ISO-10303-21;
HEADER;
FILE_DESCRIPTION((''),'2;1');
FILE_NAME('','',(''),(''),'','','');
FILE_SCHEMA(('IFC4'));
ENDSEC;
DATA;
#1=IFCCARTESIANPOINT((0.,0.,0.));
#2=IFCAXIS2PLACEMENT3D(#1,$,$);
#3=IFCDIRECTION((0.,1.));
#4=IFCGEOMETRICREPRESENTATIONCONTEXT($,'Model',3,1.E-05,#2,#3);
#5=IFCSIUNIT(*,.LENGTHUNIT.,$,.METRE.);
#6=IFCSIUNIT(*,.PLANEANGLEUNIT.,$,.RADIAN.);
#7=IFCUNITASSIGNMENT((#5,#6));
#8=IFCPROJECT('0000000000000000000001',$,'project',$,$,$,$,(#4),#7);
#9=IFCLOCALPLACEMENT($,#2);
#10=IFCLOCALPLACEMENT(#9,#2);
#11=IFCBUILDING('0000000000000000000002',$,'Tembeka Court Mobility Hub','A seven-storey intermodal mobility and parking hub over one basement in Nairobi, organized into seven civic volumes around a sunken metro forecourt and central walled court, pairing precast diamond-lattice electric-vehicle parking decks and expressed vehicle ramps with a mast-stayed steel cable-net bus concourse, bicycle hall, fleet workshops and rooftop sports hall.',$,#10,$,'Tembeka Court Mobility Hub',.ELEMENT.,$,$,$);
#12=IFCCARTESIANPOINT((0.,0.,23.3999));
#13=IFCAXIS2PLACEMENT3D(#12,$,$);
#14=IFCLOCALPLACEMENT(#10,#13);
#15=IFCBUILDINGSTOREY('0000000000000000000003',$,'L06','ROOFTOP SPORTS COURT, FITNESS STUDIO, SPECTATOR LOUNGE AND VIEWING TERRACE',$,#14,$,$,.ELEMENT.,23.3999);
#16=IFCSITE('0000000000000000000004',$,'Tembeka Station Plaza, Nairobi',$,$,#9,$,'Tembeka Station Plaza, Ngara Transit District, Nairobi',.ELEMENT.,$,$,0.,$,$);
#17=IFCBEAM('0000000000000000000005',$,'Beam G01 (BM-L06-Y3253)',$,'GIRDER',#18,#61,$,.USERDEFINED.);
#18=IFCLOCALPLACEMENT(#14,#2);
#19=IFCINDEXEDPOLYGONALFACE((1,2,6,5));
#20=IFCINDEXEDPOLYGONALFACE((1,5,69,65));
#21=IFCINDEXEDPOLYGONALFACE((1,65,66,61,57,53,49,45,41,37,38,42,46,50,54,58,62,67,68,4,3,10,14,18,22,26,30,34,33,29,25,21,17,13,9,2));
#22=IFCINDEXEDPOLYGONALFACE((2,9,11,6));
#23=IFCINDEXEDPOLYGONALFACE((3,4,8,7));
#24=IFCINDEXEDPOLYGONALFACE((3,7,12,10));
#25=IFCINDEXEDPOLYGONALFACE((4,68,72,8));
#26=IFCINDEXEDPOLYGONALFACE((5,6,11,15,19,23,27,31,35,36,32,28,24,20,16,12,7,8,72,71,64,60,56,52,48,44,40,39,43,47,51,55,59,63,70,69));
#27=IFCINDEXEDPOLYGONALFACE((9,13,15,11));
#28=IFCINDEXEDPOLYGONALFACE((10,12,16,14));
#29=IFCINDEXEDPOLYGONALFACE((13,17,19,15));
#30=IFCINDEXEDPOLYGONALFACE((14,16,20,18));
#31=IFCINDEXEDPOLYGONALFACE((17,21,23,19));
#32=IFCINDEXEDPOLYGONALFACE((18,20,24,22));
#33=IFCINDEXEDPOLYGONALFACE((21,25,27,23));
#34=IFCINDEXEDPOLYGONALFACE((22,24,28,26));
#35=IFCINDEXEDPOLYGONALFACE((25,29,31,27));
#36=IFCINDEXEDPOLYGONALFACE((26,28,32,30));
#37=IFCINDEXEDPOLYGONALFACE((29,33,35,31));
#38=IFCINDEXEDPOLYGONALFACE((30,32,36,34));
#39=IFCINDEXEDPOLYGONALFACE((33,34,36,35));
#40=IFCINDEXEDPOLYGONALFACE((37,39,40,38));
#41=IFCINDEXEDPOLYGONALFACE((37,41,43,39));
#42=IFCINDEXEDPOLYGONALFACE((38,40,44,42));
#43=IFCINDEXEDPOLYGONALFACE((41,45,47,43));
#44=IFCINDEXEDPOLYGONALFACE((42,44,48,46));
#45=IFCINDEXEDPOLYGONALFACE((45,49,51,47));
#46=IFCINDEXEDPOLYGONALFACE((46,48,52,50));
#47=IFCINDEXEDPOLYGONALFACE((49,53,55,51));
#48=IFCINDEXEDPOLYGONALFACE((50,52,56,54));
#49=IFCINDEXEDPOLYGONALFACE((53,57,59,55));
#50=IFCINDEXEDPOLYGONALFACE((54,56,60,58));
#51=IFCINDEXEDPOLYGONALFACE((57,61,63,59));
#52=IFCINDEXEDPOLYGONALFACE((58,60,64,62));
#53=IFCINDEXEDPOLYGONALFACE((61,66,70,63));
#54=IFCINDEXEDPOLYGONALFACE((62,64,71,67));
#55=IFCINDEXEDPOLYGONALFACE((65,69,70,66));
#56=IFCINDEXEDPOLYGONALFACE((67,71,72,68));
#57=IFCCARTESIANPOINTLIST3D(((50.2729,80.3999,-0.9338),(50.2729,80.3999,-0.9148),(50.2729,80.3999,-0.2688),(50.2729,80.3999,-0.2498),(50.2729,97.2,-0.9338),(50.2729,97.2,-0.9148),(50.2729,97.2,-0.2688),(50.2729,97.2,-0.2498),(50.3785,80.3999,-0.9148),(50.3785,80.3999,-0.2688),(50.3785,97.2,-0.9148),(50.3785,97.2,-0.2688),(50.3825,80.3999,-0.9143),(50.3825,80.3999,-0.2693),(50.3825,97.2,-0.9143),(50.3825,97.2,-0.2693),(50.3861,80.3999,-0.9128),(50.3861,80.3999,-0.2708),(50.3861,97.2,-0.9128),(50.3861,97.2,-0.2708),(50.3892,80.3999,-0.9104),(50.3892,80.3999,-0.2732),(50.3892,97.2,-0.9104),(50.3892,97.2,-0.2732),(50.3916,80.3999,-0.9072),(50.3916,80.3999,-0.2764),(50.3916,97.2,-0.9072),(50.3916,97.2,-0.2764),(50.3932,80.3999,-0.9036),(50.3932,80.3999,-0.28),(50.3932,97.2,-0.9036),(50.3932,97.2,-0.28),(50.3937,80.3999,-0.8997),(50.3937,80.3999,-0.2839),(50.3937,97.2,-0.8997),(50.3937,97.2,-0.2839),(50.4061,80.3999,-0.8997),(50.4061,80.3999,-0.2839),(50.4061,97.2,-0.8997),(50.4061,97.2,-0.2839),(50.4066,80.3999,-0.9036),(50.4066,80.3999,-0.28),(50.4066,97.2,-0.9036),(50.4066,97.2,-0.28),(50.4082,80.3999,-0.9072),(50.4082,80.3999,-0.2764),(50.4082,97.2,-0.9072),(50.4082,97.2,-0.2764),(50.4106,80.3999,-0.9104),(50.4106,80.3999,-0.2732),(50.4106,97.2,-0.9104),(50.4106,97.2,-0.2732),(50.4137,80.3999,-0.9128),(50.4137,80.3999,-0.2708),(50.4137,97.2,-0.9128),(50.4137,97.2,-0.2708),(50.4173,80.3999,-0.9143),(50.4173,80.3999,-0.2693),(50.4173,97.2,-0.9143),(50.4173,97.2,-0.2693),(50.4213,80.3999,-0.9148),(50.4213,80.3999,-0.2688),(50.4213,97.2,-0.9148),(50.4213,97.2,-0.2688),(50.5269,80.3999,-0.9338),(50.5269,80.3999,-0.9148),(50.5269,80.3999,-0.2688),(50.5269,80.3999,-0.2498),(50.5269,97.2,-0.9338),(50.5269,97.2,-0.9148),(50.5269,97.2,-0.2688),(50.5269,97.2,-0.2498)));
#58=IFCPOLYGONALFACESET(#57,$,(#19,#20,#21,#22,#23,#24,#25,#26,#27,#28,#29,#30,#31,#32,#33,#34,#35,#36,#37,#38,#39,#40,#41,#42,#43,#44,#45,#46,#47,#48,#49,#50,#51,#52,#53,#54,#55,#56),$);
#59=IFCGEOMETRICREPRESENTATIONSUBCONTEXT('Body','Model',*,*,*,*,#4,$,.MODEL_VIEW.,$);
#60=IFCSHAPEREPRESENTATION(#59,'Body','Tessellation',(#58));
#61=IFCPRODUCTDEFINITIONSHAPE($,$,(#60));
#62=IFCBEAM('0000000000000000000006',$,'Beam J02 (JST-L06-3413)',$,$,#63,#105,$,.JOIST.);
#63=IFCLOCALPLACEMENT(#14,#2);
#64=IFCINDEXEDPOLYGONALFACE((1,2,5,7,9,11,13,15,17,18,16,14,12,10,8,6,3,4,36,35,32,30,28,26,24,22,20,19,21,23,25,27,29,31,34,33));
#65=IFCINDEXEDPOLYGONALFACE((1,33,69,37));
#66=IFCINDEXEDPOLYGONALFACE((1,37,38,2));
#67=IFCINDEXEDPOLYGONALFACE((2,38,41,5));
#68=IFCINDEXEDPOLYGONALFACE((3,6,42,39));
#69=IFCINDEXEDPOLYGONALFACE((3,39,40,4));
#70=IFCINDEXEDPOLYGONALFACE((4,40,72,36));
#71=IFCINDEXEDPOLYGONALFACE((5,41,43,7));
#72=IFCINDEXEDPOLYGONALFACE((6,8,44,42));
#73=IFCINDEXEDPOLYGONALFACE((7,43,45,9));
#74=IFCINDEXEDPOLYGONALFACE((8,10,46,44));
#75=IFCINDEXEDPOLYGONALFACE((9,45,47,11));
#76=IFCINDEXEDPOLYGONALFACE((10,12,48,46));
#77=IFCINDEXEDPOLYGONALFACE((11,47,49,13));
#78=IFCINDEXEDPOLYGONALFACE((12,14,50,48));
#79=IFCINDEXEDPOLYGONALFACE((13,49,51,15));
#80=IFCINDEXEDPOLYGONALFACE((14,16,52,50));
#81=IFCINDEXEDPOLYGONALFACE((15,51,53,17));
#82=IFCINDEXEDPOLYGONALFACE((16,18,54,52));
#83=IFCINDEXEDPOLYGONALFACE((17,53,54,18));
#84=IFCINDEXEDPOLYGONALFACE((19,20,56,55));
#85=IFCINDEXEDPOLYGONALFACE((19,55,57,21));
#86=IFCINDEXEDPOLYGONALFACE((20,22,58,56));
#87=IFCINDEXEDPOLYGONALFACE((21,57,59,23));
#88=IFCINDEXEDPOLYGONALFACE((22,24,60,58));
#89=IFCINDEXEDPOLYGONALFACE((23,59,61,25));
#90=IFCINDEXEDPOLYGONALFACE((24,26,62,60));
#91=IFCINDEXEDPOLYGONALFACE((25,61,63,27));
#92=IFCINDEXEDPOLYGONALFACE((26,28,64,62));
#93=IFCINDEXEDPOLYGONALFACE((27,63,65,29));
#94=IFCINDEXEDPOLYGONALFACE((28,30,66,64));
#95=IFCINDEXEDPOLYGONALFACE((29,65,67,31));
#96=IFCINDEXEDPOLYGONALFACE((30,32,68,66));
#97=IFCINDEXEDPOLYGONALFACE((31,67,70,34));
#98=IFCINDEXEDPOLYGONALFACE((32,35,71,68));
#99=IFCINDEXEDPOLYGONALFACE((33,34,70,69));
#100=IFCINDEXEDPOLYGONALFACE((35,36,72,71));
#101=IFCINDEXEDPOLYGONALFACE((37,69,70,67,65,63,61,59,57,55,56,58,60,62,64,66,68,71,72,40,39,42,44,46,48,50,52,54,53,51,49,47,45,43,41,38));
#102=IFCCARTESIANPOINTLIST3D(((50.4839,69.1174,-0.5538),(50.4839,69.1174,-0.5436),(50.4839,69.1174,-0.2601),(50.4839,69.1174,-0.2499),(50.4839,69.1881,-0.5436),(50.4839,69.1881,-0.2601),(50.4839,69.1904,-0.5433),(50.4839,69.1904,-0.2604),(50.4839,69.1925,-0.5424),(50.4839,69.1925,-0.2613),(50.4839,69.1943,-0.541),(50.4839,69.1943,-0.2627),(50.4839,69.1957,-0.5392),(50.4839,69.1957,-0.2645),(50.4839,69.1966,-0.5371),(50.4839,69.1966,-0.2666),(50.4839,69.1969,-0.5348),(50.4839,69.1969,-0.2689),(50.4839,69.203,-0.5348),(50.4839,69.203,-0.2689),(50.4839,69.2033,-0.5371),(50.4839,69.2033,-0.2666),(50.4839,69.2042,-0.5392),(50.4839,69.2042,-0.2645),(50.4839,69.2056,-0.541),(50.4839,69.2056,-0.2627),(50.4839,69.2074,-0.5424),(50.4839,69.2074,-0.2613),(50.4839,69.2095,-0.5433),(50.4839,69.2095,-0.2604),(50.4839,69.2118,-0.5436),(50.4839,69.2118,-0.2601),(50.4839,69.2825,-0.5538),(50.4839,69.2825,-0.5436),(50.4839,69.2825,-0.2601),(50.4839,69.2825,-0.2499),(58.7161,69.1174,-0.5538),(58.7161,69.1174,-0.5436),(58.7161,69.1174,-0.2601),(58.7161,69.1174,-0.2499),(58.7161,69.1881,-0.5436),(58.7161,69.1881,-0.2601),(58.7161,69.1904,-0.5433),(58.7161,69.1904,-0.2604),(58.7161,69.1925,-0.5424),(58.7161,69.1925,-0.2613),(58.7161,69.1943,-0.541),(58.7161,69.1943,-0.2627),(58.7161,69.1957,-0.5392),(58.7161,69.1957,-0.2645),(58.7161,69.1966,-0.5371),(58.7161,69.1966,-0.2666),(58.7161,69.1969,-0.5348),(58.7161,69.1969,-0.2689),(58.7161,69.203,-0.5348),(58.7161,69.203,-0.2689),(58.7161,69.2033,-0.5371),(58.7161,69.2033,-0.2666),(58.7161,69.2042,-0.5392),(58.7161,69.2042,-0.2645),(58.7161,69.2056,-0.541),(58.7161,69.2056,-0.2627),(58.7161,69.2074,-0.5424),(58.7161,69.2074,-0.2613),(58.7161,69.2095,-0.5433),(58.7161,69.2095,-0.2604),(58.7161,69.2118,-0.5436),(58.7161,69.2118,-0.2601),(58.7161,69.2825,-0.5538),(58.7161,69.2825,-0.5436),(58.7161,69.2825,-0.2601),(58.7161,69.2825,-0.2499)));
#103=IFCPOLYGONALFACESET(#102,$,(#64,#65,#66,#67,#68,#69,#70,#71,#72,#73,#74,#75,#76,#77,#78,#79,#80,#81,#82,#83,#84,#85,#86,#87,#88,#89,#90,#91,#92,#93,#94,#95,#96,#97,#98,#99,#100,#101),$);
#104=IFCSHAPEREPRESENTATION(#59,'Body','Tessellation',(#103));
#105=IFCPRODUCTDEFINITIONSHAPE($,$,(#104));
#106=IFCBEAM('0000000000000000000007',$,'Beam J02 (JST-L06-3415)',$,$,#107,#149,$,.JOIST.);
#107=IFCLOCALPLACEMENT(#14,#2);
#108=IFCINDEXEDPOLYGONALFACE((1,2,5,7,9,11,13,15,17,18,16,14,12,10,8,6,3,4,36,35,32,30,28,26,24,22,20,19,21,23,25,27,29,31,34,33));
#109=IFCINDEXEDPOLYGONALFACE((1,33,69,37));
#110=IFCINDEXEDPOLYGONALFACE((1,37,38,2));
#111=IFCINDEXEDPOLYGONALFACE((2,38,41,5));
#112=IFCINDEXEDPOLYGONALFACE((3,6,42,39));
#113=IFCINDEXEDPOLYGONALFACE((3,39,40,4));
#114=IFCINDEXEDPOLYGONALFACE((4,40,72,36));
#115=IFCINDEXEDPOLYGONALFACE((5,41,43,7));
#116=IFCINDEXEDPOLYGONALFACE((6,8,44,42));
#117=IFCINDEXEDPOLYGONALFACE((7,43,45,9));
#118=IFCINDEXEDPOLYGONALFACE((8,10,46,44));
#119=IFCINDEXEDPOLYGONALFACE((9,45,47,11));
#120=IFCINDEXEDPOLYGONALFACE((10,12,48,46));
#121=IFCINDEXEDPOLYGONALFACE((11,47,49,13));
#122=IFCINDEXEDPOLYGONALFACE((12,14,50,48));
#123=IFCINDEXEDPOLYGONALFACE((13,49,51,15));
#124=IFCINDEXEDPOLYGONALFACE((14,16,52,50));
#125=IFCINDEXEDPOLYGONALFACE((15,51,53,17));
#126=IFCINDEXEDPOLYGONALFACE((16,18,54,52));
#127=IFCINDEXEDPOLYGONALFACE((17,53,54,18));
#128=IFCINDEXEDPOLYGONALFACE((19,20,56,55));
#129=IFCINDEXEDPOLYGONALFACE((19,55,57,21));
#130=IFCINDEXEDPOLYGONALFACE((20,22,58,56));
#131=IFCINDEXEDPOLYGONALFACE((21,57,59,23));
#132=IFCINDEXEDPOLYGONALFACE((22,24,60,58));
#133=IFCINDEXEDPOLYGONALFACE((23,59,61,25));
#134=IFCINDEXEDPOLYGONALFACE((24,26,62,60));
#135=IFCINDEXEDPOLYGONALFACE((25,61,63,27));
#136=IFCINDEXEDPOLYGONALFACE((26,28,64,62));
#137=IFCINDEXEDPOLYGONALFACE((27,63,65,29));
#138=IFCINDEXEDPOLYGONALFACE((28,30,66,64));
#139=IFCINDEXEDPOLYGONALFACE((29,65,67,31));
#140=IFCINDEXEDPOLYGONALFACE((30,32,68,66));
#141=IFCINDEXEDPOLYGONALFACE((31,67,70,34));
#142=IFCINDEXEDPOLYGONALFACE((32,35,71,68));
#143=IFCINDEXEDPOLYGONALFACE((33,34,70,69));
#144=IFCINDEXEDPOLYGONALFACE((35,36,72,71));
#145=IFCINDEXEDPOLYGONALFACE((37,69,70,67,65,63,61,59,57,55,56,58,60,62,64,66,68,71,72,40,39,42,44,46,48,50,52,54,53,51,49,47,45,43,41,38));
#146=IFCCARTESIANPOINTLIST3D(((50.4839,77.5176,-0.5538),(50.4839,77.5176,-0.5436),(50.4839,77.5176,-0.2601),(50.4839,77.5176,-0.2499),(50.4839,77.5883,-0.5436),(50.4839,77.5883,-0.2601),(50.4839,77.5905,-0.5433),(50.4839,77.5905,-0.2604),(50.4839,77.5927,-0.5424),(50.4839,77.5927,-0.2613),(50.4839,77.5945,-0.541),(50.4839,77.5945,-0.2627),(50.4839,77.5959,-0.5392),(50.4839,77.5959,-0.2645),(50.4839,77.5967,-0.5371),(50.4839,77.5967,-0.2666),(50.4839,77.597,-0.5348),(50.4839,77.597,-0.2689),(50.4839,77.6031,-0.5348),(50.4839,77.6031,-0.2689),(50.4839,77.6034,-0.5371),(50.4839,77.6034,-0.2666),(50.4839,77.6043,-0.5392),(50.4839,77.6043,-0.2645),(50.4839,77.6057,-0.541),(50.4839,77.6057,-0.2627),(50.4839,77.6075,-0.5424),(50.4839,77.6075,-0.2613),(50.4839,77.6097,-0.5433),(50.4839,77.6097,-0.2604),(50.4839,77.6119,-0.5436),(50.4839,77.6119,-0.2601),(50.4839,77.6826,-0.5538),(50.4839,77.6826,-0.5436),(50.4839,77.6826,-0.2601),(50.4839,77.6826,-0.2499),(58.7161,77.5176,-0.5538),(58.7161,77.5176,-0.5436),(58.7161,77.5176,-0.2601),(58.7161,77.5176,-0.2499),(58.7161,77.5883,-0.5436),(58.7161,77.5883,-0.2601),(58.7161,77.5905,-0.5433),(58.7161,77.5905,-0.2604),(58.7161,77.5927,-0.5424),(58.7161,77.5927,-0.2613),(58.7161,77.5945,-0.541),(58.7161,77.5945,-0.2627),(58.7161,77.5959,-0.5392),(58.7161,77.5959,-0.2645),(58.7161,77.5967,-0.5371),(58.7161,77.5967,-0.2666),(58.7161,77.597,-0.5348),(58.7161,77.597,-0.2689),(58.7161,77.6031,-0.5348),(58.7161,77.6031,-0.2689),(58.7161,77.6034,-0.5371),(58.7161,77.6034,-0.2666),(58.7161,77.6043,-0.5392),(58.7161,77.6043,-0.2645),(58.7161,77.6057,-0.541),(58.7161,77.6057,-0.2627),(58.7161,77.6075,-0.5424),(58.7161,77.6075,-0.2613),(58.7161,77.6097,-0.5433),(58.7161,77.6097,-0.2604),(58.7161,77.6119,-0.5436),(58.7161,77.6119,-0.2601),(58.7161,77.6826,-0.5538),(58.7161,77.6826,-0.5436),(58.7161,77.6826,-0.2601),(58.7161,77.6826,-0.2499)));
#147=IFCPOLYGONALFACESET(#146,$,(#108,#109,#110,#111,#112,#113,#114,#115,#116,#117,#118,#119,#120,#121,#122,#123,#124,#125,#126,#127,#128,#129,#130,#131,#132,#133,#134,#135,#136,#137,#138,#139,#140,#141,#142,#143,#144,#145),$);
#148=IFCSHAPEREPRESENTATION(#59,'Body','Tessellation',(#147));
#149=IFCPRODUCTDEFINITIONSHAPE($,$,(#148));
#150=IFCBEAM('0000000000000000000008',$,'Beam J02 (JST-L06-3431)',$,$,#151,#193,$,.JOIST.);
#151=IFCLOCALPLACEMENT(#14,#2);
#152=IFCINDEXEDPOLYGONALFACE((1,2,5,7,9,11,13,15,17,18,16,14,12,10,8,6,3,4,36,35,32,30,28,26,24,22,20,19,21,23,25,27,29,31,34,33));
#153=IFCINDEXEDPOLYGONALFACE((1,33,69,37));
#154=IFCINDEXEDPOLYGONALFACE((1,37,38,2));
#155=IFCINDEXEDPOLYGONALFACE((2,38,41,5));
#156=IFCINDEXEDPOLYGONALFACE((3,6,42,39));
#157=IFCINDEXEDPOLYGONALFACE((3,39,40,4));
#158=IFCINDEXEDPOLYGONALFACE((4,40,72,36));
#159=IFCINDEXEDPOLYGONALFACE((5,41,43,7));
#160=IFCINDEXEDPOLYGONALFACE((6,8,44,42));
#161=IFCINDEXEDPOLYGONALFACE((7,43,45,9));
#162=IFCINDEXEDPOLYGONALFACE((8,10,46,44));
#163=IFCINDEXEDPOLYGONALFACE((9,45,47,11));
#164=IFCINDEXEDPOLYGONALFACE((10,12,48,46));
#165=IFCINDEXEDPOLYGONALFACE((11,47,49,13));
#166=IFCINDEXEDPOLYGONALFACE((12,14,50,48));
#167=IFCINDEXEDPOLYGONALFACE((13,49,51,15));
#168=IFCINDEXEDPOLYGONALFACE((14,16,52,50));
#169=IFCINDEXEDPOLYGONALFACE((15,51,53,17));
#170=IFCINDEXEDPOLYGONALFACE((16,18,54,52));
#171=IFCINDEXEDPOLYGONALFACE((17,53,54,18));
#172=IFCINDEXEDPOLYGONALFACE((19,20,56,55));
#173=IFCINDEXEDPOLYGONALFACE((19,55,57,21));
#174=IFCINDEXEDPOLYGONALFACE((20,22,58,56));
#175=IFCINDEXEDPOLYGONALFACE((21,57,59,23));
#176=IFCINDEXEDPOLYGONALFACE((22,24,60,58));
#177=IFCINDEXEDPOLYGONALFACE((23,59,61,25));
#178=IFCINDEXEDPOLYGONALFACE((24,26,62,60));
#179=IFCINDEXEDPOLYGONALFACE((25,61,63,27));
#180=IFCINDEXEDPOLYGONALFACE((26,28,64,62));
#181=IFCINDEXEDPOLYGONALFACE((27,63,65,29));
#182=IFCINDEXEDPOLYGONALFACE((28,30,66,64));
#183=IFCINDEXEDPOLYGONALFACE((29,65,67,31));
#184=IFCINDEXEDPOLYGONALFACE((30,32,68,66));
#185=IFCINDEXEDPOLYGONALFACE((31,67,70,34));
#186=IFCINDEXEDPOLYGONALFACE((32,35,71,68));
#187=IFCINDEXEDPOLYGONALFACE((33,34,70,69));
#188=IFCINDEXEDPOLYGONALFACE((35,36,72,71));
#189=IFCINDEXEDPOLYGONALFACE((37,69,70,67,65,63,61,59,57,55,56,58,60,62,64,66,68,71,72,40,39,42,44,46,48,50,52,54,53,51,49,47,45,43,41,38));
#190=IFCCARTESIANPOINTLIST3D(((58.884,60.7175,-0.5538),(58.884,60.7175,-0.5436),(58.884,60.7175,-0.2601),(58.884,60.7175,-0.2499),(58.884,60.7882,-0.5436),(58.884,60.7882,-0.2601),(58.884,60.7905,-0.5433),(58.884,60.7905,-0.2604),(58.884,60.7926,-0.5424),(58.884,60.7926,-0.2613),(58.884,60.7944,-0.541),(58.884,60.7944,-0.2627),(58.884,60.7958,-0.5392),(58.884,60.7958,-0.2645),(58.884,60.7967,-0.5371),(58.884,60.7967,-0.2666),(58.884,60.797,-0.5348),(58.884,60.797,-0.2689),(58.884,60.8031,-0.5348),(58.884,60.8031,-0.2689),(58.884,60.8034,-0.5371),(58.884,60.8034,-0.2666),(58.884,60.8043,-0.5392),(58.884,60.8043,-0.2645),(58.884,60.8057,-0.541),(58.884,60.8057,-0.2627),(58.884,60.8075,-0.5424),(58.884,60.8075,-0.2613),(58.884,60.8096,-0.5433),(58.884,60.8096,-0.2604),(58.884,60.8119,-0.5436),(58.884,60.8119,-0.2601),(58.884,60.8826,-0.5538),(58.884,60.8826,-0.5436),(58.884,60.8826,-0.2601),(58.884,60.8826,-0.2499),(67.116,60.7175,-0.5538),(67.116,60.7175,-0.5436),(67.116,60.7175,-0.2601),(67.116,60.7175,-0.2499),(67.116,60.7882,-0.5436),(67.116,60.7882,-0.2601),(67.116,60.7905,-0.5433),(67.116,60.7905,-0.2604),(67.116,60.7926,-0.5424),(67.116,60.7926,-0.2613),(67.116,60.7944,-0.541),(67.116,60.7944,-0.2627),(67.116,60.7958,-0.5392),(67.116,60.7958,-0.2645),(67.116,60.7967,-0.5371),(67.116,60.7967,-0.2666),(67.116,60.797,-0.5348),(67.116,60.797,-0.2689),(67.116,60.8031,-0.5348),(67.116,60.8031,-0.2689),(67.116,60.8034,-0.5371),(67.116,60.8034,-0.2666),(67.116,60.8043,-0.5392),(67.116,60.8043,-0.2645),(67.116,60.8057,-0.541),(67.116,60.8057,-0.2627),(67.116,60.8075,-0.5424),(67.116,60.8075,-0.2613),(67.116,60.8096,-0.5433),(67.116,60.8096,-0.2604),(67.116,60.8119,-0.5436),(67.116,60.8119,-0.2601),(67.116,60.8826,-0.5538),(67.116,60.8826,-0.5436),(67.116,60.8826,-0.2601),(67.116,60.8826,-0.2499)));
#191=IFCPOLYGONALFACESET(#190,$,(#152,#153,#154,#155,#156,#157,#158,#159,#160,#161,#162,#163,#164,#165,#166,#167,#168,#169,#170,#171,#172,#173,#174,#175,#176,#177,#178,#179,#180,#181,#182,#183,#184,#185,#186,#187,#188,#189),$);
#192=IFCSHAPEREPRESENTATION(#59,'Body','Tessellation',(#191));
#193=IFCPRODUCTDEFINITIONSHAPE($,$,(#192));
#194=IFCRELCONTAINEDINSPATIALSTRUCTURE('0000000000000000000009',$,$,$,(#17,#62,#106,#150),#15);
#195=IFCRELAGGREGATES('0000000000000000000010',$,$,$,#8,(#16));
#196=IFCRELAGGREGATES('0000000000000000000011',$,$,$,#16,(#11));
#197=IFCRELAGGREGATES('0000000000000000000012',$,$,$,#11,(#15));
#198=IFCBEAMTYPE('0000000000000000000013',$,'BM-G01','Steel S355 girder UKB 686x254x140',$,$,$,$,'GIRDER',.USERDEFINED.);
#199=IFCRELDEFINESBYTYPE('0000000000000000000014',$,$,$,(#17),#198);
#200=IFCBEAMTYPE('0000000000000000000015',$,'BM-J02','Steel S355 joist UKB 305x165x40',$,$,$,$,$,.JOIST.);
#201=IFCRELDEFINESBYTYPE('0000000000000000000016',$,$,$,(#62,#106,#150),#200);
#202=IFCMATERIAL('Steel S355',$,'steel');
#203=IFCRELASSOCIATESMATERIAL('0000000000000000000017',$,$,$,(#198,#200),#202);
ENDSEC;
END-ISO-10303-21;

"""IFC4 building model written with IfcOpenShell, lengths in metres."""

from ifc_helpers import new_model, si_unit, direction, frame, origin, origin_2d, place, context, subcontext, project, spatial, i_section, extrude, material, material_profile, profile_set, type_object, element, save


model = new_model("IFC4")

# Units and contexts
model_context = context("Model", 3, precision=1e-05, world=origin(), true_north=direction((0.0, 1.0)))
body_context = subcontext(model_context, "Body", "Model", "MODEL_VIEW")
ifc_project = project(units=[si_unit("LENGTHUNIT", "METRE"), si_unit("PLANEANGLEUNIT", "RADIAN")], contexts=[model_context])

# Site, building, storey
site_placement = place(None, origin())
site = spatial("IfcSite", under=ifc_project, at=site_placement, Name="Tembeka Station Plaza, Nairobi", LongName="Tembeka Station Plaza, Ngara Transit District, Nairobi", CompositionType="ELEMENT", RefElevation=0.0)
building_placement = place(site_placement, origin())
building = spatial("IfcBuilding", under=site, at=building_placement, Name="Tembeka Court Mobility Hub", Description="A seven-storey intermodal mobility and parking hub over one basement in Nairobi, organized into seven civic volumes around a sunken metro forecourt and central walled court, pairing precast diamond-lattice electric-vehicle parking decks and expressed vehicle ramps with a mast-stayed steel cable-net bus concourse, bicycle hall, fleet workshops and rooftop sports hall.", LongName="Tembeka Court Mobility Hub", CompositionType="ELEMENT")
storey_placement = place(building_placement, frame((0.0, 0.0, 23.3999)))
storey = spatial("IfcBuildingStorey", under=building, at=storey_placement, Name="L06", Description="ROOFTOP SPORTS COURT, FITNESS STUDIO, SPECTATOR LOUNGE AND VIEWING TERRACE", CompositionType="ELEMENT", Elevation=23.3999)

# Shared definitions
ifc_material_1 = material(Name="Steel S355", Category="steel")

# Beams
ifc_material_profile_1 = material_profile(ifc_material_1, i_section(OverallWidth=0.2539, OverallDepth=0.6841, WebThickness=0.0125, FlangeThickness=0.019, FilletRadius=0.0151, at=origin_2d()), Name="UKB 686x254x140")
ifc_profile_set_1 = profile_set([ifc_material_profile_1], Name="Steel S355")
beam_type_1 = type_object("IfcBeamType", Name="BM-G01", Description="Steel S355 girder UKB 686x254x140", ElementType="GIRDER", PredefinedType="USERDEFINED", material=ifc_profile_set_1)
beam_1_placement = place(storey_placement, frame((50.3999, 80.3999, -0.5918), z_axis=(0.0, 1.0, 0.0), x_axis=(-1.0, 0.0, 0.0)))
element("IfcBeam", 1, at=beam_1_placement, inside=storey, type_object=beam_type_1, Name="Beam G01 (BM-L06-Y3253)", ObjectType="GIRDER", PredefinedType="USERDEFINED", context=body_context, shape_type="SweptSolid", body=[
    extrude(i_section(OverallWidth=0.2539, OverallDepth=0.6841, WebThickness=0.0125, FlangeThickness=0.019, FilletRadius=0.0151, at=origin_2d()), origin(), (0.0, 0.0, 1.0), 16.8),
])
ifc_material_profile_2 = material_profile(ifc_material_1, i_section(OverallWidth=0.165, OverallDepth=0.304, WebThickness=0.0061, FlangeThickness=0.0103, FilletRadius=0.0088, at=origin_2d()), Name="UKB 305x165x40")
ifc_profile_set_2 = profile_set([ifc_material_profile_2], Name="Steel S355")
beam_type_2 = type_object("IfcBeamType", Name="BM-J02", Description="Steel S355 joist UKB 305x165x40", PredefinedType="JOIST", material=ifc_profile_set_2)
for number, where, z_axis, x_axis, name in (
    (2, (50.4839, 69.2, -0.4019), (1.0, 0.0, 0.0), (0.0, 1.0, 0.0), "Beam J02 (JST-L06-3413)"),
    (3, (50.4839, 77.6001, -0.4019), (1.0, 0.0, 0.0), (0.0, 1.0, 0.0), "Beam J02 (JST-L06-3415)"),
):
    element("IfcBeam", number, at=place(storey_placement, frame(where, z_axis=z_axis, x_axis=x_axis)), inside=storey, type_object=beam_type_2, Name=name, PredefinedType="JOIST", context=body_context, shape_type="SweptSolid", body=[
        extrude(i_section(OverallWidth=0.165, OverallDepth=0.304, WebThickness=0.0061, FlangeThickness=0.0103, FilletRadius=0.0088, at=origin_2d()), origin(), (0.0, 0.0, 1.0), 8.2322),
    ])
for number, where, z_axis, x_axis, name in (
    (4, (58.884, 60.8, -0.4019), (1.0, 0.0, 0.0), (0.0, 1.0, 0.0), "Beam J02 (JST-L06-3431)"),
):
    element("IfcBeam", number, at=place(storey_placement, frame(where, z_axis=z_axis, x_axis=x_axis)), inside=storey, type_object=beam_type_2, Name=name, PredefinedType="JOIST", context=body_context, shape_type="SweptSolid", body=[
        extrude(i_section(OverallWidth=0.165, OverallDepth=0.304, WebThickness=0.0061, FlangeThickness=0.0103, FilletRadius=0.0088, at=origin_2d()), origin(), (0.0, 0.0, 1.0), 8.2319),
    ])

save(model, "model.ifc")
